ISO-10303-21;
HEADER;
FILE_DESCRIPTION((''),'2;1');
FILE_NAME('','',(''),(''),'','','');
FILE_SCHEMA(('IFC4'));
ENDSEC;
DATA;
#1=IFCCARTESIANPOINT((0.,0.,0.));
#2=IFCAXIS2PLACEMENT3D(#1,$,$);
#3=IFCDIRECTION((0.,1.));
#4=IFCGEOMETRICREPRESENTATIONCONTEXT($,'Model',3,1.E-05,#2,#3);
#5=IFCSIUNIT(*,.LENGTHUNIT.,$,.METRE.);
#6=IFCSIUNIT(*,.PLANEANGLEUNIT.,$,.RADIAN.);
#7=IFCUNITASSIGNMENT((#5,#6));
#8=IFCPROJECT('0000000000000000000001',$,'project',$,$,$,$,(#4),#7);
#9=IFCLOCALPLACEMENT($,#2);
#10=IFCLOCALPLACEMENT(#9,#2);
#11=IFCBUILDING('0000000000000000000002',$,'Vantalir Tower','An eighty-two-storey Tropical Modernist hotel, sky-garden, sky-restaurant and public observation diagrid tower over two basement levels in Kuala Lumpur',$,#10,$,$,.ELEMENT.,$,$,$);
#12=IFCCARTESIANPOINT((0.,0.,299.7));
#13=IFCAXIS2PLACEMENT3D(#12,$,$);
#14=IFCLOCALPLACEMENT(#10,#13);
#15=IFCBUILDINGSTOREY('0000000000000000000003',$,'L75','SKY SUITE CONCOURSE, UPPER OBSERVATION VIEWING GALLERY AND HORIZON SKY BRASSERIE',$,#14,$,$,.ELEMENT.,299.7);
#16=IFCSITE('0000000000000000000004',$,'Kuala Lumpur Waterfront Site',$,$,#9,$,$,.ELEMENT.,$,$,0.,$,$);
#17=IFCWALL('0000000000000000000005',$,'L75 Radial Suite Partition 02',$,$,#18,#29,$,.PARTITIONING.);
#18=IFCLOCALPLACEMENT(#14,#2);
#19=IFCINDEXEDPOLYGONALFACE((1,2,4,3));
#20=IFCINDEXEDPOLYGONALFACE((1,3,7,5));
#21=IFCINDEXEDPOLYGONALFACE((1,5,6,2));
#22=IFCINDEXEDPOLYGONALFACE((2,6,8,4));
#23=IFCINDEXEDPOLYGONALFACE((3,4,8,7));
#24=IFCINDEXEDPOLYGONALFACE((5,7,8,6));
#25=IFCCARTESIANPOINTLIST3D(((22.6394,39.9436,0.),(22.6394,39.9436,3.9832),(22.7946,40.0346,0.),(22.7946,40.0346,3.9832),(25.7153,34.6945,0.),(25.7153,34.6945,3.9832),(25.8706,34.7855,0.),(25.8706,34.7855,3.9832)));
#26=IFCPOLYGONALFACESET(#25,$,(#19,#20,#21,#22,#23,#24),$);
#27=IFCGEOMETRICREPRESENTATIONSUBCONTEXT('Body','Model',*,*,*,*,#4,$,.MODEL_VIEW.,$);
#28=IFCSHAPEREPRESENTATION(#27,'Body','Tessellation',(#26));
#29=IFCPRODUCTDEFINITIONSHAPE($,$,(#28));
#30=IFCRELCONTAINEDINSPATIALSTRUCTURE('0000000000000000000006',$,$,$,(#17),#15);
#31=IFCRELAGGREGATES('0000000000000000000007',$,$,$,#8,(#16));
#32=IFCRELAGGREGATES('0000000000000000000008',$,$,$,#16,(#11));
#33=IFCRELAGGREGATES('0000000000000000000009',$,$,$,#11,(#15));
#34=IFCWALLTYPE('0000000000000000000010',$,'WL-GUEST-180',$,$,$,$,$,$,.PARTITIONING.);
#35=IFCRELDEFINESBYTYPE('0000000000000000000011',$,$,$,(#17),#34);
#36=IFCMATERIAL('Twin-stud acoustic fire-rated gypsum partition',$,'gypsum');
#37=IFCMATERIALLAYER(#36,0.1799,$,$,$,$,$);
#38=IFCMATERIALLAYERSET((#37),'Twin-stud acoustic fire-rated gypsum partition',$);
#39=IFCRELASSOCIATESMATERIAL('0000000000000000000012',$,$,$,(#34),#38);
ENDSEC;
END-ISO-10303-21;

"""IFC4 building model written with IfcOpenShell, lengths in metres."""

from ifc_helpers import new_model, si_unit, direction, frame, frame_2d, origin, place, context, subcontext, project, spatial, rectangle, extrude, material, layer, layer_set, type_object, element, save


model = new_model("IFC4")

# Units and contexts
model_context = context("Model", 3, precision=1e-05, world=origin(), true_north=direction((0.0, 1.0)))
body_context = subcontext(model_context, "Body", "Model", "MODEL_VIEW")
ifc_project = project(units=[si_unit("LENGTHUNIT", "METRE"), si_unit("PLANEANGLEUNIT", "RADIAN")], contexts=[model_context])

# Site, building, storey
site_placement = place(None, origin())
site = spatial("IfcSite", under=ifc_project, at=site_placement, Name="Kuala Lumpur Waterfront Site", CompositionType="ELEMENT", RefElevation=0.0)
building_placement = place(site_placement, origin())
building = spatial("IfcBuilding", under=site, at=building_placement, Name="Vantalir Tower", Description="An eighty-two-storey Tropical Modernist hotel, sky-garden, sky-restaurant and public observation diagrid tower over two basement levels in Kuala Lumpur", CompositionType="ELEMENT")
storey_placement = place(building_placement, frame((0.0, 0.0, 299.7)))
storey = spatial("IfcBuildingStorey", under=building, at=storey_placement, Name="L75", Description="SKY SUITE CONCOURSE, UPPER OBSERVATION VIEWING GALLERY AND HORIZON SKY BRASSERIE", CompositionType="ELEMENT", Elevation=299.7)

# Wall
ifc_material_1 = material(Name="Twin-stud acoustic fire-rated gypsum partition", Category="gypsum")
ifc_layer_1 = layer(ifc_material_1, 0.1799)
ifc_layer_set_1 = layer_set([ifc_layer_1], Name="Twin-stud acoustic fire-rated gypsum partition")
wall_type_1 = type_object("IfcWallType", Name="WL-GUEST-180", PredefinedType="PARTITIONING", material=ifc_layer_set_1)
wall_1_placement = place(storey_placement, frame((25.793, 34.74, 0.0), z_axis=(0.0, 0.0, 1.0), x_axis=(-0.505587, 0.862776, 0.0)))
element("IfcWall", 1, at=wall_1_placement, inside=storey, type_object=wall_type_1, Name="L75 Radial Suite Partition 02", PredefinedType="PARTITIONING", context=body_context, shape_type="SweptSolid", body=[
    extrude(rectangle(XDim=6.084, YDim=0.1799, at=frame_2d((3.042, 0.0))), origin(), (0.0, 0.0, 1.0), 3.9832),
])

save(model, "model.ifc")
